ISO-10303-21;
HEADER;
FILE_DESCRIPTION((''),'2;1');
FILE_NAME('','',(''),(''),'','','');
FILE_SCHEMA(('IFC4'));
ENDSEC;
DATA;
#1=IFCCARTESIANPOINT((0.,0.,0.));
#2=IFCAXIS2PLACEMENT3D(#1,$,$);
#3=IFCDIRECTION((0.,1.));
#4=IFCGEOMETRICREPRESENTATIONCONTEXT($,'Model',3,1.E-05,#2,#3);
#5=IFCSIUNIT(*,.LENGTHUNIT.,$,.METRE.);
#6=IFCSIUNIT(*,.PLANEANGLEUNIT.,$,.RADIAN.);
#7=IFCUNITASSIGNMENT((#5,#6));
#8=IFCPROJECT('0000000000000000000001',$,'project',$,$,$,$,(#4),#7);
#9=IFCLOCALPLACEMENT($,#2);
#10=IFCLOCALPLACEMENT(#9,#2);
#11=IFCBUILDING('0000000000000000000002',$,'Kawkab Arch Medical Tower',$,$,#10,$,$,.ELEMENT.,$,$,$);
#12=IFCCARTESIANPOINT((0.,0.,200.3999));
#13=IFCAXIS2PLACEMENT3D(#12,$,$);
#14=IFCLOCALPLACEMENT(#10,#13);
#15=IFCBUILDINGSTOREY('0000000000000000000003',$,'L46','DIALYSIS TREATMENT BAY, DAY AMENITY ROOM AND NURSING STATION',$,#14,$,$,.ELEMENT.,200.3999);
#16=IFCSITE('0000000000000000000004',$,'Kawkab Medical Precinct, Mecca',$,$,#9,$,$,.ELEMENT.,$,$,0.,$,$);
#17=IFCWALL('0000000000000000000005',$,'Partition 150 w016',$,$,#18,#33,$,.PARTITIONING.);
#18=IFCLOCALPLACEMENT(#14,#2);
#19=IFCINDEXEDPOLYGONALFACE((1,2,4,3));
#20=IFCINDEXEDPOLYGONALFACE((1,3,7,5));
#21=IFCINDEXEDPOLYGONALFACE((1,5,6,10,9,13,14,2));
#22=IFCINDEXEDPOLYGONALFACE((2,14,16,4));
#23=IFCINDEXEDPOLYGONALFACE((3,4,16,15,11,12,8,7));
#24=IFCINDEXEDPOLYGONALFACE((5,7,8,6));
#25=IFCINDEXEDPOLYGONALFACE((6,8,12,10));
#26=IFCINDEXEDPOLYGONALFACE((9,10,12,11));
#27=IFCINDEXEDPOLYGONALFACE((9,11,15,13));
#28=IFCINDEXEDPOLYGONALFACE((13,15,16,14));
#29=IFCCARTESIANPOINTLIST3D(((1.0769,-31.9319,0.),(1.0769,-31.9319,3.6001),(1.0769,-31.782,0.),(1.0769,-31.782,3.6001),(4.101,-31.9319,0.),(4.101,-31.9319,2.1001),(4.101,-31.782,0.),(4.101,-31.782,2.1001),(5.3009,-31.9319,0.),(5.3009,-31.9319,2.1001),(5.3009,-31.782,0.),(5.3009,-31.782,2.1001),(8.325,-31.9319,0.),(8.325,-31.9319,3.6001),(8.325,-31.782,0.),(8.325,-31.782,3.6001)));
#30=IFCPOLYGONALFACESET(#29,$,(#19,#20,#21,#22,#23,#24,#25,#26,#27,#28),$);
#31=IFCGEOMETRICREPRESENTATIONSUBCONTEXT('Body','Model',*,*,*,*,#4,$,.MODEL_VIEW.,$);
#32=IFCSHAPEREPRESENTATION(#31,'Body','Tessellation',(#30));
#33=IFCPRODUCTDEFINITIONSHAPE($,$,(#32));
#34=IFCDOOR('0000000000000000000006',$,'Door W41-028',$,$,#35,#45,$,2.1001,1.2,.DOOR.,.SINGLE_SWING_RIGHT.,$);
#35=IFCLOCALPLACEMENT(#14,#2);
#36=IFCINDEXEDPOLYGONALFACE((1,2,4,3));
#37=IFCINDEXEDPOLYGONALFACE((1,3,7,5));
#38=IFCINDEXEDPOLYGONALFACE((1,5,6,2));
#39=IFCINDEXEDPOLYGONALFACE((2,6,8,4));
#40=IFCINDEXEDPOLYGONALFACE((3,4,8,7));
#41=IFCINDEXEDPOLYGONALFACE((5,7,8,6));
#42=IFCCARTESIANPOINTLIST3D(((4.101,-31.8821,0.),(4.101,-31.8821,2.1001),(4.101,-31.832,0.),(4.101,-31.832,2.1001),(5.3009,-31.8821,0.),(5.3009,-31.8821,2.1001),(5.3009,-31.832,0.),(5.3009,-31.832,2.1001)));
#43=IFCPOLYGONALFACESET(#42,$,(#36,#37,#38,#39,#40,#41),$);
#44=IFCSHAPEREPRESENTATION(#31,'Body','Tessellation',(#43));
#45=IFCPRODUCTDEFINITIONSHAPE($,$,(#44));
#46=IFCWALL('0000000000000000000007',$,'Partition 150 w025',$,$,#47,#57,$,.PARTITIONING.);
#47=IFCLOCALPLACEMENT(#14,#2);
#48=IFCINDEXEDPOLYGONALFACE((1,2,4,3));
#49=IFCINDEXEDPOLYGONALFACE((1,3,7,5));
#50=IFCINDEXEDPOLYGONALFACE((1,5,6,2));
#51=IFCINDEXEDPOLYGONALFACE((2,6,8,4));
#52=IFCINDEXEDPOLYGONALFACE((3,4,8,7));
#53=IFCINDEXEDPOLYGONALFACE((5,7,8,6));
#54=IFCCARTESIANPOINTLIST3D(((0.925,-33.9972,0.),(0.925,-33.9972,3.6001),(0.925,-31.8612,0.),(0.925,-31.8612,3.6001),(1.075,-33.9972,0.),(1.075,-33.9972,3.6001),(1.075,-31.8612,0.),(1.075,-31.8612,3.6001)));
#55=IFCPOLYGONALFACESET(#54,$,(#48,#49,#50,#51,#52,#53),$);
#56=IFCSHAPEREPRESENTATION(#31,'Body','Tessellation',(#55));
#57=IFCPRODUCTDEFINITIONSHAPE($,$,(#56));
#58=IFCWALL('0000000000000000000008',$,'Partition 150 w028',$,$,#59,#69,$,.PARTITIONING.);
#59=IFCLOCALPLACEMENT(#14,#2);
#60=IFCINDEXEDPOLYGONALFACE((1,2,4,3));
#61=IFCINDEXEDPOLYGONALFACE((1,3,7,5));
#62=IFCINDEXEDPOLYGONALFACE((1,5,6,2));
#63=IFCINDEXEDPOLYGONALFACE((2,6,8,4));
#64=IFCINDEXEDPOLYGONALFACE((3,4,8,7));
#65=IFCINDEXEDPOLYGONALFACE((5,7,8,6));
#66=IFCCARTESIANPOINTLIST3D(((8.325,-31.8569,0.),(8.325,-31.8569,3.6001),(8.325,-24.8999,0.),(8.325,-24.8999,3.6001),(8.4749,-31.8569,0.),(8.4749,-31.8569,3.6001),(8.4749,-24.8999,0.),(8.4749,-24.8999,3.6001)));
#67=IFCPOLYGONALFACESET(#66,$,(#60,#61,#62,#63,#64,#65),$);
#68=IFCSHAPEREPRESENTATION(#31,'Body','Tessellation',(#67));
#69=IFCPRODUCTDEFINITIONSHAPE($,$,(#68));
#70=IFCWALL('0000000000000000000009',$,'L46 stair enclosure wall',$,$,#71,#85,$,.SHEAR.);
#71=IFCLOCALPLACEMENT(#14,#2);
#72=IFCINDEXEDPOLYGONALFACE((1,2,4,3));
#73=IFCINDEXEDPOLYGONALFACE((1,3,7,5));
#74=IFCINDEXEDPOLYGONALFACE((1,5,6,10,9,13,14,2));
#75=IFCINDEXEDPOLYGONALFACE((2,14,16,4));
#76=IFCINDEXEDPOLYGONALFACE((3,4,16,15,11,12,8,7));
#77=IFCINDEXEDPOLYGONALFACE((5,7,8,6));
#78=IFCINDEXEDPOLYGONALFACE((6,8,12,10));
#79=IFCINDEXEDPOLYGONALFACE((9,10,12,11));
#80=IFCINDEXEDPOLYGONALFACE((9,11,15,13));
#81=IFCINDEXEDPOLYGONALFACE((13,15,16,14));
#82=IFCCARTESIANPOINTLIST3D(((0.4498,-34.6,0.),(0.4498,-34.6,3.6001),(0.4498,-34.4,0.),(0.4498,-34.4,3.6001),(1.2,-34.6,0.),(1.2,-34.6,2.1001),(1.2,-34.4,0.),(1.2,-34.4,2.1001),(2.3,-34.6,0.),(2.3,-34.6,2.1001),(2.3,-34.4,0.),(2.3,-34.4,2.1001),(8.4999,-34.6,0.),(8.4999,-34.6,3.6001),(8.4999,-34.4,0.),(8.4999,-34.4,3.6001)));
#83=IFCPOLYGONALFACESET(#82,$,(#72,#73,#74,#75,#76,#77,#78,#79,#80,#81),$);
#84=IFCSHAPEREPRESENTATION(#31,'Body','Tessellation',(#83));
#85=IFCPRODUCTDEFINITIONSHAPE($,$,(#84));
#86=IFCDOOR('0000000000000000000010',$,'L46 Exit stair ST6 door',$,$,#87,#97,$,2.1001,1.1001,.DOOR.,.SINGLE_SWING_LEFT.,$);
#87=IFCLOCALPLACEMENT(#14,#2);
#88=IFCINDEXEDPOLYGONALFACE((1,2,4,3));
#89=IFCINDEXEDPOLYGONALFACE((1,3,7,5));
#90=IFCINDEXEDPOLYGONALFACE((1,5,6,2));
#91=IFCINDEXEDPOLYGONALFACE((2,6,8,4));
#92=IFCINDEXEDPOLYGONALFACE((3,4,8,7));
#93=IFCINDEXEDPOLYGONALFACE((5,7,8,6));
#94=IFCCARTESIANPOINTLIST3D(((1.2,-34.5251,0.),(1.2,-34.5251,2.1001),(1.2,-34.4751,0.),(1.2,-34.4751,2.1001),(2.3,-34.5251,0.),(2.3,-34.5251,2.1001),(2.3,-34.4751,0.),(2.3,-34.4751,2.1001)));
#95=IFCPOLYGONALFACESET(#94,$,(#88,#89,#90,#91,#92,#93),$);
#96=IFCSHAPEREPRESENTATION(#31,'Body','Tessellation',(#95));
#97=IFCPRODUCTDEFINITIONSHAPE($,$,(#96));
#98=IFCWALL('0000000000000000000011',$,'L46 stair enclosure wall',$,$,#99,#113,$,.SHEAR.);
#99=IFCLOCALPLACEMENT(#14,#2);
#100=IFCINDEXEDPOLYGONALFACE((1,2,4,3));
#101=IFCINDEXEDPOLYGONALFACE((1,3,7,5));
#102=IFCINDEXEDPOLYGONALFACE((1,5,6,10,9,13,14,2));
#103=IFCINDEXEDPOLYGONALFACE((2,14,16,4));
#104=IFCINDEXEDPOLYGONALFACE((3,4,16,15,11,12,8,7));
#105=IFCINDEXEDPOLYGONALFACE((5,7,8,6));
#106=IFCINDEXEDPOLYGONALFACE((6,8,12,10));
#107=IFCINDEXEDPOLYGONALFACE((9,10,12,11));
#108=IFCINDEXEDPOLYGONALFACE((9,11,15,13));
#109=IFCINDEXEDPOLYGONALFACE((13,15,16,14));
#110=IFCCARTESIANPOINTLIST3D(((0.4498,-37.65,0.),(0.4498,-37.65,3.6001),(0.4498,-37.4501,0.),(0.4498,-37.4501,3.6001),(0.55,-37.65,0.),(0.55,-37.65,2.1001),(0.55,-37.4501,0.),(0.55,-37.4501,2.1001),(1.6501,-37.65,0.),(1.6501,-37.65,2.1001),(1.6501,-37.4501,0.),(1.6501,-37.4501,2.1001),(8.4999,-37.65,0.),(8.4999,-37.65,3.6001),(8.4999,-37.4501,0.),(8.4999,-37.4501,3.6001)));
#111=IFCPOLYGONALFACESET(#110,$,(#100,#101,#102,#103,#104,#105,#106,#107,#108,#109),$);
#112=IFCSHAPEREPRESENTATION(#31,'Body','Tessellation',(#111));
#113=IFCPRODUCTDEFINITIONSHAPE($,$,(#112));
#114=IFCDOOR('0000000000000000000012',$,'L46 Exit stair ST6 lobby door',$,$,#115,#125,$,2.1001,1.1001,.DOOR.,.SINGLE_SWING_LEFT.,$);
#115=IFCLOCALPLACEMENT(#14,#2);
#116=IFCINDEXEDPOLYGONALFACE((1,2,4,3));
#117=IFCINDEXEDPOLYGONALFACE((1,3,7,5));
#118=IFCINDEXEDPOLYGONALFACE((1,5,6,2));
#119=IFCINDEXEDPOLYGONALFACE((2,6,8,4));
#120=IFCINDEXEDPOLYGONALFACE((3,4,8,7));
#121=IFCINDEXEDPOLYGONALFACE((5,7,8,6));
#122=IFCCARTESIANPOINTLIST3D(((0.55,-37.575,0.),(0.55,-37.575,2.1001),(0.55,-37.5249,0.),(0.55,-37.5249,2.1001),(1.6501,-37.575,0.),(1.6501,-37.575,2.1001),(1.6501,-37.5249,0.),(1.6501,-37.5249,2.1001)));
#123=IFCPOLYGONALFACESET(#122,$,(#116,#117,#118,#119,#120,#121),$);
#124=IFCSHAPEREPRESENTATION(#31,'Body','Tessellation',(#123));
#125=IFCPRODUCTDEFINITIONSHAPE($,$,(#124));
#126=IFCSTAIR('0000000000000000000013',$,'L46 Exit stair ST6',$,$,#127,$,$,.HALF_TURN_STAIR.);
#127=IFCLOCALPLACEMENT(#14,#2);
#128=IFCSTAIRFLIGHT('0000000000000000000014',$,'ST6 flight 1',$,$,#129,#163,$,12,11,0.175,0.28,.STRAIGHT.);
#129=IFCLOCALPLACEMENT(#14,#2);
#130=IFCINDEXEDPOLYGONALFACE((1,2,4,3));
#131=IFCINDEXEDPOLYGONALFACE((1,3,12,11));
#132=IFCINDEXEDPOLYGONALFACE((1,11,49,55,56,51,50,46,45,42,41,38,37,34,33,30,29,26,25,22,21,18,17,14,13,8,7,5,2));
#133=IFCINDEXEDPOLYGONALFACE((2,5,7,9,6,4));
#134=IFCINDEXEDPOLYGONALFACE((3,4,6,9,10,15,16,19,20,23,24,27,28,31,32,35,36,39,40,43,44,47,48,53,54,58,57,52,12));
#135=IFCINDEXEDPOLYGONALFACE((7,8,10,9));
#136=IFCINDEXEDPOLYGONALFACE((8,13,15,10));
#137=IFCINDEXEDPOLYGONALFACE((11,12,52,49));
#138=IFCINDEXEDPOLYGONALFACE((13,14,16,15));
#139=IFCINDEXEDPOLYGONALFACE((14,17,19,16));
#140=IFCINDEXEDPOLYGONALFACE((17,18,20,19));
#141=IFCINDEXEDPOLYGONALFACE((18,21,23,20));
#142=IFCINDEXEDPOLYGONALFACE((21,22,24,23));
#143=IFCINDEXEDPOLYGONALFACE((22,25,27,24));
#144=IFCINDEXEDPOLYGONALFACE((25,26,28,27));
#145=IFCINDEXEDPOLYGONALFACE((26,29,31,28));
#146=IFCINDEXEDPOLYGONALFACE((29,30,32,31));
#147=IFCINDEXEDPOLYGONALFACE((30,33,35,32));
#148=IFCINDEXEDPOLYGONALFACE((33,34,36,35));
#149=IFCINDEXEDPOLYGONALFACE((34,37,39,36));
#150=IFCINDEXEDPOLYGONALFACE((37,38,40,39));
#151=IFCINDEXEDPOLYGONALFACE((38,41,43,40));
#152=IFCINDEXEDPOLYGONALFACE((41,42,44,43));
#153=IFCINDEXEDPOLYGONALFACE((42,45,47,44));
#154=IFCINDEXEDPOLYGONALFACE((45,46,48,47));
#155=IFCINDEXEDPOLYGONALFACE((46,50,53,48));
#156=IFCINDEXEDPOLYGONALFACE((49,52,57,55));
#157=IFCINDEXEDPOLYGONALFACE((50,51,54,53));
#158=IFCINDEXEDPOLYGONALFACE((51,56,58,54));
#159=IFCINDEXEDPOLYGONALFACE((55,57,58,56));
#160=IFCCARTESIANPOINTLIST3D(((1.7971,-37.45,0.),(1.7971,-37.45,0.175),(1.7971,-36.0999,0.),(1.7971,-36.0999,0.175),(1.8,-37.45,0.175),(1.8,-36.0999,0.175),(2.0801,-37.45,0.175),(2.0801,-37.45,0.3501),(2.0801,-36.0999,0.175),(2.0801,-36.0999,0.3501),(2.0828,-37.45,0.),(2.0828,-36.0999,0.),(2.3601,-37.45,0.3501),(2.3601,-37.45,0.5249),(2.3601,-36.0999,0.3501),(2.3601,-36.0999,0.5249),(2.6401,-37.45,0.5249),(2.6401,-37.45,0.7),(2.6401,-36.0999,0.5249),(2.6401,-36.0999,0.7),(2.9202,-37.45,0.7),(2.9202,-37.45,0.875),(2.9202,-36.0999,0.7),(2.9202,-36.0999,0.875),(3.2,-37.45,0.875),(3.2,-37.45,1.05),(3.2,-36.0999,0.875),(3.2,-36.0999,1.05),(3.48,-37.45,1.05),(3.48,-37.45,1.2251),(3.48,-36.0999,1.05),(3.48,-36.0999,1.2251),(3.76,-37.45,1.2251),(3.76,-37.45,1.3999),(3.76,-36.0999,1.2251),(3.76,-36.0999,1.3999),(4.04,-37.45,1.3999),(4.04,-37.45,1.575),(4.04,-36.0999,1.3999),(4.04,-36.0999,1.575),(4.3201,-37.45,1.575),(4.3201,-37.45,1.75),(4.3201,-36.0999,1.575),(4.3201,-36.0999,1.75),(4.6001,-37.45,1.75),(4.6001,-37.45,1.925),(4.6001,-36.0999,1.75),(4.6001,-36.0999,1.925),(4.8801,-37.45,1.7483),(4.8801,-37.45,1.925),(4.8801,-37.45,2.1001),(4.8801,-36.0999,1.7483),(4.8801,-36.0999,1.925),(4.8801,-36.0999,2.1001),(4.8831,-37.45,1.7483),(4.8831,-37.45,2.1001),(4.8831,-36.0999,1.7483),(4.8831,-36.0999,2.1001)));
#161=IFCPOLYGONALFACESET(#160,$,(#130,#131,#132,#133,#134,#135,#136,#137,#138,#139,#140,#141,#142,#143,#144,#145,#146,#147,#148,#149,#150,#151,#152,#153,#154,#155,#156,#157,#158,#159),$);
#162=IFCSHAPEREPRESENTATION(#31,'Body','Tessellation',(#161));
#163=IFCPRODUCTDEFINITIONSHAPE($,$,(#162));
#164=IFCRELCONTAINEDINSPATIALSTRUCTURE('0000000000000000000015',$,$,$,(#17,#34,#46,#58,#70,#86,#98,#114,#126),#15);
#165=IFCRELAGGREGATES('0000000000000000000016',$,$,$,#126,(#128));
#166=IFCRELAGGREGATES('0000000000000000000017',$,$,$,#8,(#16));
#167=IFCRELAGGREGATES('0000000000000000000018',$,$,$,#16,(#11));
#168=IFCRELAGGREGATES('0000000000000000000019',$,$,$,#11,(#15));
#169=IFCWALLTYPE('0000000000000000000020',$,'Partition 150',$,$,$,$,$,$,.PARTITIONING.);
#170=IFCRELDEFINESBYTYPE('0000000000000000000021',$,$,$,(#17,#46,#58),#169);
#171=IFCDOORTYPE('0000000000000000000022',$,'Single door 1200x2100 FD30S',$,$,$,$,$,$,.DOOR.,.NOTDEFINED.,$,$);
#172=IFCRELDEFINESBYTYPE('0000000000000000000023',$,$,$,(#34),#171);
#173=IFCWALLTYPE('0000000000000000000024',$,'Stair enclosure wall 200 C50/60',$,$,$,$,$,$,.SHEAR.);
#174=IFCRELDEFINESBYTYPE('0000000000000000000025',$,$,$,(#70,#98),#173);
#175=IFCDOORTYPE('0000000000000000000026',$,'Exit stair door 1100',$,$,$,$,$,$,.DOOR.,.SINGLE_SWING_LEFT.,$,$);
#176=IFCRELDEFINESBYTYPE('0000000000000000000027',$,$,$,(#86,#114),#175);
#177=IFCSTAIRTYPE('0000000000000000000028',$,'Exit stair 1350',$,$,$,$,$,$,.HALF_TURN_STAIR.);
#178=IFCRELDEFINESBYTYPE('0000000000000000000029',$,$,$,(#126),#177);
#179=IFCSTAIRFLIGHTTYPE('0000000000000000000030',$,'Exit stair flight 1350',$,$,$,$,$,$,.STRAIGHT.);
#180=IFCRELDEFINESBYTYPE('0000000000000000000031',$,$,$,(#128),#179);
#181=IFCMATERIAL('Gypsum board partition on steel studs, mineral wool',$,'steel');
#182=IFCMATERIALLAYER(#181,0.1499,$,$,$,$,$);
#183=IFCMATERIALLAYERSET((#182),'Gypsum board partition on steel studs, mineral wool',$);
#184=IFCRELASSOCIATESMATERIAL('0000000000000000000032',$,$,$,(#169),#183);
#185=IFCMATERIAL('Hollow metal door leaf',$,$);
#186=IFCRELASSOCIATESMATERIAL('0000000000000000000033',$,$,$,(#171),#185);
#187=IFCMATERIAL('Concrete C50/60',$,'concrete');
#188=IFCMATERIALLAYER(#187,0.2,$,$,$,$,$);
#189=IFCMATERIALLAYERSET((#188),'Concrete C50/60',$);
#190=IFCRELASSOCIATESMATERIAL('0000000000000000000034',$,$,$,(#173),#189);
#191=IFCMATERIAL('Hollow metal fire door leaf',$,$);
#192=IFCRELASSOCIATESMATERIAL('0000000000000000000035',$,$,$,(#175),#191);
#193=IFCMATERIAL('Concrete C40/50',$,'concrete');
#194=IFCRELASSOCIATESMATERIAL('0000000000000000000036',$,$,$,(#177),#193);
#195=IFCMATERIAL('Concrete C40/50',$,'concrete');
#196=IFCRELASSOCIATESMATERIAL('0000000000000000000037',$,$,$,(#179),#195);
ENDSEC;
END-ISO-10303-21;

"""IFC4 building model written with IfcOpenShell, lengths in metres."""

from ifc_helpers import new_model, si_unit, direction, frame, frame_2d, origin, place, context, subcontext, project, spatial, polyline, rectangle, outline, extrude, material, layer, layer_set, type_object, element, fill, aggregate, save


model = new_model("IFC4")

# Units and contexts
model_context = context("Model", 3, precision=1e-05, world=origin(), true_north=direction((0.0, 1.0)))
body_context = subcontext(model_context, "Body", "Model", "MODEL_VIEW")
ifc_project = project(units=[si_unit("LENGTHUNIT", "METRE"), si_unit("PLANEANGLEUNIT", "RADIAN")], contexts=[model_context])

# Site, building, storey
site_placement = place(None, origin())
site = spatial("IfcSite", under=ifc_project, at=site_placement, Name="Kawkab Medical Precinct, Mecca", CompositionType="ELEMENT", RefElevation=0.0)
building_placement = place(site_placement, origin())
building = spatial("IfcBuilding", under=site, at=building_placement, Name="Kawkab Arch Medical Tower", CompositionType="ELEMENT")
storey_placement = place(building_placement, frame((0.0, 0.0, 200.3999)))
storey = spatial("IfcBuildingStorey", under=building, at=storey_placement, Name="L46", Description="DIALYSIS TREATMENT BAY, DAY AMENITY ROOM AND NURSING STATION", CompositionType="ELEMENT", Elevation=200.3999)

# Shared definitions
placement = place(storey_placement, origin())

# Shared definitions
ifc_material_1 = material(Name="Gypsum board partition on steel studs, mineral wool", Category="steel")
ifc_layer_1 = layer(ifc_material_1, 0.1499)
ifc_layer_set_1 = layer_set([ifc_layer_1], Name="Gypsum board partition on steel studs, mineral wool")
wall_type_1 = type_object("IfcWallType", Name="Partition 150", PredefinedType="PARTITIONING", material=ifc_layer_set_1)

# Wall, opening, door
wall_1_placement = place(storey_placement, frame((1.0769, -31.8569, 0.0), z_axis=(0.0, 0.0, 1.0), x_axis=(1.0, 0.0, 0.0)))
wall_1 = element("IfcWall", 1, at=wall_1_placement, inside=storey, type_object=wall_type_1, Name="Partition 150 w016", PredefinedType="PARTITIONING", context=body_context, shape_type="SweptSolid", body=[
    extrude(rectangle(XDim=7.248, YDim=0.1499, at=frame_2d((3.624, 0.0))), origin(), (0.0, 0.0, 1.0), 3.6001),
])
opening_1_placement = place(wall_1_placement, frame((3.0239, 0.0, 0.0)))
opening_1 = element("IfcOpeningElement", 2, at=opening_1_placement, cuts=wall_1, PredefinedType="OPENING", context=body_context, shape_type="SweptSolid", body=[
    extrude(rectangle(XDim=1.2, YDim=2.1001, at=frame_2d((0.6001, 1.05))), frame((0.0, 0.085, 0.0), z_axis=(0.0, -1.0, 0.0), x_axis=(1.0, 0.0, 0.0)), (0.0, 0.0, 1.0), 0.1699),
])
ifc_material_2 = material(Name="Hollow metal door leaf")
door_type_1 = type_object("IfcDoorType", Name="Single door 1200x2100 FD30S", OperationType="NOTDEFINED", PredefinedType="DOOR", material=ifc_material_2)
door_1_placement = place(opening_1_placement, origin())
door_1 = element("IfcDoor", 3, at=door_1_placement, inside=storey, type_object=door_type_1, Name="Door W41-028", OperationType="SINGLE_SWING_RIGHT", OverallHeight=2.1001, OverallWidth=1.2, PredefinedType="DOOR", context=body_context, shape_type="SweptSolid", body=[
    extrude(rectangle(XDim=1.2, YDim=2.1001, at=frame_2d((0.6001, 1.05))), frame((0.0, 0.0249, 0.0), z_axis=(0.0, -1.0, 0.0), x_axis=(1.0, 0.0, 0.0)), (0.0, 0.0, 1.0), 0.05),
])
fill(opening_1, door_1)

# Walls
wall_2_placement = place(storey_placement, frame((1.0, -33.9971, 0.0), z_axis=(0.0, 0.0, 1.0), x_axis=(0.0, 1.0, 0.0)))
element("IfcWall", 4, at=wall_2_placement, inside=storey, type_object=wall_type_1, Name="Partition 150 w025", PredefinedType="PARTITIONING", context=body_context, shape_type="SweptSolid", body=[
    extrude(rectangle(XDim=2.136, YDim=0.1499, at=frame_2d((1.0679, 0.0))), origin(), (0.0, 0.0, 1.0), 3.6001),
])
wall_3_placement = place(storey_placement, frame((8.3999, -31.8569, 0.0), z_axis=(0.0, 0.0, 1.0), x_axis=(0.0, 1.0, 0.0)))
element("IfcWall", 5, at=wall_3_placement, inside=storey, type_object=wall_type_1, Name="Partition 150 w028", PredefinedType="PARTITIONING", context=body_context, shape_type="SweptSolid", body=[
    extrude(rectangle(XDim=6.957, YDim=0.1499, at=frame_2d((3.4785, 0.0))), origin(), (0.0, 0.0, 1.0), 3.6001),
])

# Walls, openings, doors
ifc_material_3 = material(Name="Concrete C50/60", Category="concrete")
ifc_layer_2 = layer(ifc_material_3, 0.2)
ifc_layer_set_2 = layer_set([ifc_layer_2], Name="Concrete C50/60")
wall_type_2 = type_object("IfcWallType", Name="Stair enclosure wall 200 C50/60", PredefinedType="SHEAR", material=ifc_layer_set_2)
wall_4_placement = place(storey_placement, frame((0.45, -34.5, 0.0), z_axis=(0.0, 0.0, 1.0), x_axis=(1.0, 0.0, 0.0)))
wall_4 = element("IfcWall", 6, at=wall_4_placement, inside=storey, type_object=wall_type_2, Name="L46 stair enclosure wall", PredefinedType="SHEAR", context=body_context, shape_type="SweptSolid", body=[
    extrude(rectangle(XDim=8.05, YDim=0.2, at=frame_2d((4.0249, 0.0))), origin(), (0.0, 0.0, 1.0), 3.6001),
])
opening_2_placement = place(wall_4_placement, frame((0.75, 0.0, 0.0)))
opening_2 = element("IfcOpeningElement", 7, at=opening_2_placement, cuts=wall_4, PredefinedType="OPENING", context=body_context, shape_type="SweptSolid", body=[
    extrude(rectangle(XDim=1.1001, YDim=2.1001, at=frame_2d((0.55, 1.05))), frame((0.0, 0.1099, 0.0), z_axis=(0.0, -1.0, 0.0), x_axis=(1.0, 0.0, 0.0)), (0.0, 0.0, 1.0), 0.22),
])
ifc_material_4 = material(Name="Hollow metal fire door leaf")
door_type_2 = type_object("IfcDoorType", Name="Exit stair door 1100", OperationType="SINGLE_SWING_LEFT", PredefinedType="DOOR", material=ifc_material_4)
door_2_placement = place(opening_2_placement, origin())
door_2 = element("IfcDoor", 8, at=door_2_placement, inside=storey, type_object=door_type_2, Name="L46 Exit stair ST6 door", OperationType="SINGLE_SWING_LEFT", OverallHeight=2.1001, OverallWidth=1.1001, PredefinedType="DOOR", context=body_context, shape_type="SweptSolid", body=[
    extrude(rectangle(XDim=1.1001, YDim=2.1001, at=frame_2d((0.55, 1.05))), frame((0.0, 0.0249, 0.0), z_axis=(0.0, -1.0, 0.0), x_axis=(1.0, 0.0, 0.0)), (0.0, 0.0, 1.0), 0.05),
])
fill(opening_2, door_2)
wall_5_placement = place(storey_placement, frame((0.45, -37.55, 0.0), z_axis=(0.0, 0.0, 1.0), x_axis=(1.0, 0.0, 0.0)))
wall_5 = element("IfcWall", 9, at=wall_5_placement, inside=storey, type_object=wall_type_2, Name="L46 stair enclosure wall", PredefinedType="SHEAR", context=body_context, shape_type="SweptSolid", body=[
    extrude(rectangle(XDim=8.05, YDim=0.2, at=frame_2d((4.0249, 0.0))), origin(), (0.0, 0.0, 1.0), 3.6001),
])
opening_3_placement = place(wall_5_placement, frame((0.1001, 0.0, 0.0)))
opening_3 = element("IfcOpeningElement", 10, at=opening_3_placement, cuts=wall_5, PredefinedType="OPENING", context=body_context, shape_type="SweptSolid", body=[
    extrude(rectangle(XDim=1.1001, YDim=2.1001, at=frame_2d((0.55, 1.05))), frame((0.0, 0.1099, 0.0), z_axis=(0.0, -1.0, 0.0), x_axis=(1.0, 0.0, 0.0)), (0.0, 0.0, 1.0), 0.22),
])
door_3_placement = place(opening_3_placement, frame((1.1001, 0.0, 0.0), z_axis=(0.0, 0.0, 1.0), x_axis=(-1.0, 0.0, 0.0)))
door_3 = element("IfcDoor", 11, at=door_3_placement, inside=storey, type_object=door_type_2, Name="L46 Exit stair ST6 lobby door", OperationType="SINGLE_SWING_LEFT", OverallHeight=2.1001, OverallWidth=1.1001, PredefinedType="DOOR", context=body_context, shape_type="SweptSolid", body=[
    extrude(rectangle(XDim=1.1001, YDim=2.1001, at=frame_2d((0.55, 1.05))), frame((0.0, 0.0249, 0.0), z_axis=(0.0, -1.0, 0.0), x_axis=(1.0, 0.0, 0.0)), (0.0, 0.0, 1.0), 0.05),
])
fill(opening_3, door_3)

# Stair, stair flight
ifc_material_5 = material(Name="Concrete C40/50", Category="concrete")
stair_type = type_object("IfcStairType", Name="Exit stair 1350", PredefinedType="HALF_TURN_STAIR", material=ifc_material_5)
stair = element("IfcStair", 12, at=placement, inside=storey, type_object=stair_type, Name="L46 Exit stair ST6", PredefinedType="HALF_TURN_STAIR")
ifc_material_6 = material(Name="Concrete C40/50", Category="concrete")
stair_flight_type = type_object("IfcStairFlightType", Name="Exit stair flight 1350", PredefinedType="STRAIGHT", material=ifc_material_6)
stair_flight_1_placement = place(storey_placement, frame((1.8, -36.7749, 0.0), z_axis=(0.0, 0.0, 1.0), x_axis=(1.0, 0.0, 0.0)))
stair_flight_1 = element("IfcStairFlight", 13, at=stair_flight_1_placement, type_object=stair_flight_type, Name="ST6 flight 1", NumberOfRisers=12, NumberOfTreads=11, PredefinedType="STRAIGHT", RiserHeight=0.175, TreadLength=0.28, context=body_context, shape_type="SweptSolid", body=[
    extrude(outline(polyline([(-0.0029, 0.0), (-0.0029, 0.175), (0.0, 0.175), (0.28, 0.175), (0.28, 0.3501), (0.5601, 0.3501), (0.5601, 0.5249), (0.8401, 0.5249), (0.8401, 0.7), (1.1201, 0.7), (1.1201, 0.875), (1.3999, 0.875), (1.3999, 1.05), (1.6799, 1.05), (1.6799, 1.2251), (1.96, 1.2251), (1.96, 1.3999), (2.24, 1.3999), (2.24, 1.575), (2.52, 1.575), (2.52, 1.75), (2.8, 1.75), (2.8, 1.925), (3.0801, 1.925), (3.0801, 2.1001), (3.083, 2.1001), (3.083, 1.7483), (3.0801, 1.7483), (0.2827, 0.0), (-0.0029, 0.0)])), frame((0.0, 0.675, 0.0), z_axis=(0.0, -1.0, 0.0), x_axis=(1.0, 0.0, 0.0)), (0.0, 0.0, 1.0), 1.3501),
])
aggregate(stair, [stair_flight_1])

save(model, "model.ifc")
